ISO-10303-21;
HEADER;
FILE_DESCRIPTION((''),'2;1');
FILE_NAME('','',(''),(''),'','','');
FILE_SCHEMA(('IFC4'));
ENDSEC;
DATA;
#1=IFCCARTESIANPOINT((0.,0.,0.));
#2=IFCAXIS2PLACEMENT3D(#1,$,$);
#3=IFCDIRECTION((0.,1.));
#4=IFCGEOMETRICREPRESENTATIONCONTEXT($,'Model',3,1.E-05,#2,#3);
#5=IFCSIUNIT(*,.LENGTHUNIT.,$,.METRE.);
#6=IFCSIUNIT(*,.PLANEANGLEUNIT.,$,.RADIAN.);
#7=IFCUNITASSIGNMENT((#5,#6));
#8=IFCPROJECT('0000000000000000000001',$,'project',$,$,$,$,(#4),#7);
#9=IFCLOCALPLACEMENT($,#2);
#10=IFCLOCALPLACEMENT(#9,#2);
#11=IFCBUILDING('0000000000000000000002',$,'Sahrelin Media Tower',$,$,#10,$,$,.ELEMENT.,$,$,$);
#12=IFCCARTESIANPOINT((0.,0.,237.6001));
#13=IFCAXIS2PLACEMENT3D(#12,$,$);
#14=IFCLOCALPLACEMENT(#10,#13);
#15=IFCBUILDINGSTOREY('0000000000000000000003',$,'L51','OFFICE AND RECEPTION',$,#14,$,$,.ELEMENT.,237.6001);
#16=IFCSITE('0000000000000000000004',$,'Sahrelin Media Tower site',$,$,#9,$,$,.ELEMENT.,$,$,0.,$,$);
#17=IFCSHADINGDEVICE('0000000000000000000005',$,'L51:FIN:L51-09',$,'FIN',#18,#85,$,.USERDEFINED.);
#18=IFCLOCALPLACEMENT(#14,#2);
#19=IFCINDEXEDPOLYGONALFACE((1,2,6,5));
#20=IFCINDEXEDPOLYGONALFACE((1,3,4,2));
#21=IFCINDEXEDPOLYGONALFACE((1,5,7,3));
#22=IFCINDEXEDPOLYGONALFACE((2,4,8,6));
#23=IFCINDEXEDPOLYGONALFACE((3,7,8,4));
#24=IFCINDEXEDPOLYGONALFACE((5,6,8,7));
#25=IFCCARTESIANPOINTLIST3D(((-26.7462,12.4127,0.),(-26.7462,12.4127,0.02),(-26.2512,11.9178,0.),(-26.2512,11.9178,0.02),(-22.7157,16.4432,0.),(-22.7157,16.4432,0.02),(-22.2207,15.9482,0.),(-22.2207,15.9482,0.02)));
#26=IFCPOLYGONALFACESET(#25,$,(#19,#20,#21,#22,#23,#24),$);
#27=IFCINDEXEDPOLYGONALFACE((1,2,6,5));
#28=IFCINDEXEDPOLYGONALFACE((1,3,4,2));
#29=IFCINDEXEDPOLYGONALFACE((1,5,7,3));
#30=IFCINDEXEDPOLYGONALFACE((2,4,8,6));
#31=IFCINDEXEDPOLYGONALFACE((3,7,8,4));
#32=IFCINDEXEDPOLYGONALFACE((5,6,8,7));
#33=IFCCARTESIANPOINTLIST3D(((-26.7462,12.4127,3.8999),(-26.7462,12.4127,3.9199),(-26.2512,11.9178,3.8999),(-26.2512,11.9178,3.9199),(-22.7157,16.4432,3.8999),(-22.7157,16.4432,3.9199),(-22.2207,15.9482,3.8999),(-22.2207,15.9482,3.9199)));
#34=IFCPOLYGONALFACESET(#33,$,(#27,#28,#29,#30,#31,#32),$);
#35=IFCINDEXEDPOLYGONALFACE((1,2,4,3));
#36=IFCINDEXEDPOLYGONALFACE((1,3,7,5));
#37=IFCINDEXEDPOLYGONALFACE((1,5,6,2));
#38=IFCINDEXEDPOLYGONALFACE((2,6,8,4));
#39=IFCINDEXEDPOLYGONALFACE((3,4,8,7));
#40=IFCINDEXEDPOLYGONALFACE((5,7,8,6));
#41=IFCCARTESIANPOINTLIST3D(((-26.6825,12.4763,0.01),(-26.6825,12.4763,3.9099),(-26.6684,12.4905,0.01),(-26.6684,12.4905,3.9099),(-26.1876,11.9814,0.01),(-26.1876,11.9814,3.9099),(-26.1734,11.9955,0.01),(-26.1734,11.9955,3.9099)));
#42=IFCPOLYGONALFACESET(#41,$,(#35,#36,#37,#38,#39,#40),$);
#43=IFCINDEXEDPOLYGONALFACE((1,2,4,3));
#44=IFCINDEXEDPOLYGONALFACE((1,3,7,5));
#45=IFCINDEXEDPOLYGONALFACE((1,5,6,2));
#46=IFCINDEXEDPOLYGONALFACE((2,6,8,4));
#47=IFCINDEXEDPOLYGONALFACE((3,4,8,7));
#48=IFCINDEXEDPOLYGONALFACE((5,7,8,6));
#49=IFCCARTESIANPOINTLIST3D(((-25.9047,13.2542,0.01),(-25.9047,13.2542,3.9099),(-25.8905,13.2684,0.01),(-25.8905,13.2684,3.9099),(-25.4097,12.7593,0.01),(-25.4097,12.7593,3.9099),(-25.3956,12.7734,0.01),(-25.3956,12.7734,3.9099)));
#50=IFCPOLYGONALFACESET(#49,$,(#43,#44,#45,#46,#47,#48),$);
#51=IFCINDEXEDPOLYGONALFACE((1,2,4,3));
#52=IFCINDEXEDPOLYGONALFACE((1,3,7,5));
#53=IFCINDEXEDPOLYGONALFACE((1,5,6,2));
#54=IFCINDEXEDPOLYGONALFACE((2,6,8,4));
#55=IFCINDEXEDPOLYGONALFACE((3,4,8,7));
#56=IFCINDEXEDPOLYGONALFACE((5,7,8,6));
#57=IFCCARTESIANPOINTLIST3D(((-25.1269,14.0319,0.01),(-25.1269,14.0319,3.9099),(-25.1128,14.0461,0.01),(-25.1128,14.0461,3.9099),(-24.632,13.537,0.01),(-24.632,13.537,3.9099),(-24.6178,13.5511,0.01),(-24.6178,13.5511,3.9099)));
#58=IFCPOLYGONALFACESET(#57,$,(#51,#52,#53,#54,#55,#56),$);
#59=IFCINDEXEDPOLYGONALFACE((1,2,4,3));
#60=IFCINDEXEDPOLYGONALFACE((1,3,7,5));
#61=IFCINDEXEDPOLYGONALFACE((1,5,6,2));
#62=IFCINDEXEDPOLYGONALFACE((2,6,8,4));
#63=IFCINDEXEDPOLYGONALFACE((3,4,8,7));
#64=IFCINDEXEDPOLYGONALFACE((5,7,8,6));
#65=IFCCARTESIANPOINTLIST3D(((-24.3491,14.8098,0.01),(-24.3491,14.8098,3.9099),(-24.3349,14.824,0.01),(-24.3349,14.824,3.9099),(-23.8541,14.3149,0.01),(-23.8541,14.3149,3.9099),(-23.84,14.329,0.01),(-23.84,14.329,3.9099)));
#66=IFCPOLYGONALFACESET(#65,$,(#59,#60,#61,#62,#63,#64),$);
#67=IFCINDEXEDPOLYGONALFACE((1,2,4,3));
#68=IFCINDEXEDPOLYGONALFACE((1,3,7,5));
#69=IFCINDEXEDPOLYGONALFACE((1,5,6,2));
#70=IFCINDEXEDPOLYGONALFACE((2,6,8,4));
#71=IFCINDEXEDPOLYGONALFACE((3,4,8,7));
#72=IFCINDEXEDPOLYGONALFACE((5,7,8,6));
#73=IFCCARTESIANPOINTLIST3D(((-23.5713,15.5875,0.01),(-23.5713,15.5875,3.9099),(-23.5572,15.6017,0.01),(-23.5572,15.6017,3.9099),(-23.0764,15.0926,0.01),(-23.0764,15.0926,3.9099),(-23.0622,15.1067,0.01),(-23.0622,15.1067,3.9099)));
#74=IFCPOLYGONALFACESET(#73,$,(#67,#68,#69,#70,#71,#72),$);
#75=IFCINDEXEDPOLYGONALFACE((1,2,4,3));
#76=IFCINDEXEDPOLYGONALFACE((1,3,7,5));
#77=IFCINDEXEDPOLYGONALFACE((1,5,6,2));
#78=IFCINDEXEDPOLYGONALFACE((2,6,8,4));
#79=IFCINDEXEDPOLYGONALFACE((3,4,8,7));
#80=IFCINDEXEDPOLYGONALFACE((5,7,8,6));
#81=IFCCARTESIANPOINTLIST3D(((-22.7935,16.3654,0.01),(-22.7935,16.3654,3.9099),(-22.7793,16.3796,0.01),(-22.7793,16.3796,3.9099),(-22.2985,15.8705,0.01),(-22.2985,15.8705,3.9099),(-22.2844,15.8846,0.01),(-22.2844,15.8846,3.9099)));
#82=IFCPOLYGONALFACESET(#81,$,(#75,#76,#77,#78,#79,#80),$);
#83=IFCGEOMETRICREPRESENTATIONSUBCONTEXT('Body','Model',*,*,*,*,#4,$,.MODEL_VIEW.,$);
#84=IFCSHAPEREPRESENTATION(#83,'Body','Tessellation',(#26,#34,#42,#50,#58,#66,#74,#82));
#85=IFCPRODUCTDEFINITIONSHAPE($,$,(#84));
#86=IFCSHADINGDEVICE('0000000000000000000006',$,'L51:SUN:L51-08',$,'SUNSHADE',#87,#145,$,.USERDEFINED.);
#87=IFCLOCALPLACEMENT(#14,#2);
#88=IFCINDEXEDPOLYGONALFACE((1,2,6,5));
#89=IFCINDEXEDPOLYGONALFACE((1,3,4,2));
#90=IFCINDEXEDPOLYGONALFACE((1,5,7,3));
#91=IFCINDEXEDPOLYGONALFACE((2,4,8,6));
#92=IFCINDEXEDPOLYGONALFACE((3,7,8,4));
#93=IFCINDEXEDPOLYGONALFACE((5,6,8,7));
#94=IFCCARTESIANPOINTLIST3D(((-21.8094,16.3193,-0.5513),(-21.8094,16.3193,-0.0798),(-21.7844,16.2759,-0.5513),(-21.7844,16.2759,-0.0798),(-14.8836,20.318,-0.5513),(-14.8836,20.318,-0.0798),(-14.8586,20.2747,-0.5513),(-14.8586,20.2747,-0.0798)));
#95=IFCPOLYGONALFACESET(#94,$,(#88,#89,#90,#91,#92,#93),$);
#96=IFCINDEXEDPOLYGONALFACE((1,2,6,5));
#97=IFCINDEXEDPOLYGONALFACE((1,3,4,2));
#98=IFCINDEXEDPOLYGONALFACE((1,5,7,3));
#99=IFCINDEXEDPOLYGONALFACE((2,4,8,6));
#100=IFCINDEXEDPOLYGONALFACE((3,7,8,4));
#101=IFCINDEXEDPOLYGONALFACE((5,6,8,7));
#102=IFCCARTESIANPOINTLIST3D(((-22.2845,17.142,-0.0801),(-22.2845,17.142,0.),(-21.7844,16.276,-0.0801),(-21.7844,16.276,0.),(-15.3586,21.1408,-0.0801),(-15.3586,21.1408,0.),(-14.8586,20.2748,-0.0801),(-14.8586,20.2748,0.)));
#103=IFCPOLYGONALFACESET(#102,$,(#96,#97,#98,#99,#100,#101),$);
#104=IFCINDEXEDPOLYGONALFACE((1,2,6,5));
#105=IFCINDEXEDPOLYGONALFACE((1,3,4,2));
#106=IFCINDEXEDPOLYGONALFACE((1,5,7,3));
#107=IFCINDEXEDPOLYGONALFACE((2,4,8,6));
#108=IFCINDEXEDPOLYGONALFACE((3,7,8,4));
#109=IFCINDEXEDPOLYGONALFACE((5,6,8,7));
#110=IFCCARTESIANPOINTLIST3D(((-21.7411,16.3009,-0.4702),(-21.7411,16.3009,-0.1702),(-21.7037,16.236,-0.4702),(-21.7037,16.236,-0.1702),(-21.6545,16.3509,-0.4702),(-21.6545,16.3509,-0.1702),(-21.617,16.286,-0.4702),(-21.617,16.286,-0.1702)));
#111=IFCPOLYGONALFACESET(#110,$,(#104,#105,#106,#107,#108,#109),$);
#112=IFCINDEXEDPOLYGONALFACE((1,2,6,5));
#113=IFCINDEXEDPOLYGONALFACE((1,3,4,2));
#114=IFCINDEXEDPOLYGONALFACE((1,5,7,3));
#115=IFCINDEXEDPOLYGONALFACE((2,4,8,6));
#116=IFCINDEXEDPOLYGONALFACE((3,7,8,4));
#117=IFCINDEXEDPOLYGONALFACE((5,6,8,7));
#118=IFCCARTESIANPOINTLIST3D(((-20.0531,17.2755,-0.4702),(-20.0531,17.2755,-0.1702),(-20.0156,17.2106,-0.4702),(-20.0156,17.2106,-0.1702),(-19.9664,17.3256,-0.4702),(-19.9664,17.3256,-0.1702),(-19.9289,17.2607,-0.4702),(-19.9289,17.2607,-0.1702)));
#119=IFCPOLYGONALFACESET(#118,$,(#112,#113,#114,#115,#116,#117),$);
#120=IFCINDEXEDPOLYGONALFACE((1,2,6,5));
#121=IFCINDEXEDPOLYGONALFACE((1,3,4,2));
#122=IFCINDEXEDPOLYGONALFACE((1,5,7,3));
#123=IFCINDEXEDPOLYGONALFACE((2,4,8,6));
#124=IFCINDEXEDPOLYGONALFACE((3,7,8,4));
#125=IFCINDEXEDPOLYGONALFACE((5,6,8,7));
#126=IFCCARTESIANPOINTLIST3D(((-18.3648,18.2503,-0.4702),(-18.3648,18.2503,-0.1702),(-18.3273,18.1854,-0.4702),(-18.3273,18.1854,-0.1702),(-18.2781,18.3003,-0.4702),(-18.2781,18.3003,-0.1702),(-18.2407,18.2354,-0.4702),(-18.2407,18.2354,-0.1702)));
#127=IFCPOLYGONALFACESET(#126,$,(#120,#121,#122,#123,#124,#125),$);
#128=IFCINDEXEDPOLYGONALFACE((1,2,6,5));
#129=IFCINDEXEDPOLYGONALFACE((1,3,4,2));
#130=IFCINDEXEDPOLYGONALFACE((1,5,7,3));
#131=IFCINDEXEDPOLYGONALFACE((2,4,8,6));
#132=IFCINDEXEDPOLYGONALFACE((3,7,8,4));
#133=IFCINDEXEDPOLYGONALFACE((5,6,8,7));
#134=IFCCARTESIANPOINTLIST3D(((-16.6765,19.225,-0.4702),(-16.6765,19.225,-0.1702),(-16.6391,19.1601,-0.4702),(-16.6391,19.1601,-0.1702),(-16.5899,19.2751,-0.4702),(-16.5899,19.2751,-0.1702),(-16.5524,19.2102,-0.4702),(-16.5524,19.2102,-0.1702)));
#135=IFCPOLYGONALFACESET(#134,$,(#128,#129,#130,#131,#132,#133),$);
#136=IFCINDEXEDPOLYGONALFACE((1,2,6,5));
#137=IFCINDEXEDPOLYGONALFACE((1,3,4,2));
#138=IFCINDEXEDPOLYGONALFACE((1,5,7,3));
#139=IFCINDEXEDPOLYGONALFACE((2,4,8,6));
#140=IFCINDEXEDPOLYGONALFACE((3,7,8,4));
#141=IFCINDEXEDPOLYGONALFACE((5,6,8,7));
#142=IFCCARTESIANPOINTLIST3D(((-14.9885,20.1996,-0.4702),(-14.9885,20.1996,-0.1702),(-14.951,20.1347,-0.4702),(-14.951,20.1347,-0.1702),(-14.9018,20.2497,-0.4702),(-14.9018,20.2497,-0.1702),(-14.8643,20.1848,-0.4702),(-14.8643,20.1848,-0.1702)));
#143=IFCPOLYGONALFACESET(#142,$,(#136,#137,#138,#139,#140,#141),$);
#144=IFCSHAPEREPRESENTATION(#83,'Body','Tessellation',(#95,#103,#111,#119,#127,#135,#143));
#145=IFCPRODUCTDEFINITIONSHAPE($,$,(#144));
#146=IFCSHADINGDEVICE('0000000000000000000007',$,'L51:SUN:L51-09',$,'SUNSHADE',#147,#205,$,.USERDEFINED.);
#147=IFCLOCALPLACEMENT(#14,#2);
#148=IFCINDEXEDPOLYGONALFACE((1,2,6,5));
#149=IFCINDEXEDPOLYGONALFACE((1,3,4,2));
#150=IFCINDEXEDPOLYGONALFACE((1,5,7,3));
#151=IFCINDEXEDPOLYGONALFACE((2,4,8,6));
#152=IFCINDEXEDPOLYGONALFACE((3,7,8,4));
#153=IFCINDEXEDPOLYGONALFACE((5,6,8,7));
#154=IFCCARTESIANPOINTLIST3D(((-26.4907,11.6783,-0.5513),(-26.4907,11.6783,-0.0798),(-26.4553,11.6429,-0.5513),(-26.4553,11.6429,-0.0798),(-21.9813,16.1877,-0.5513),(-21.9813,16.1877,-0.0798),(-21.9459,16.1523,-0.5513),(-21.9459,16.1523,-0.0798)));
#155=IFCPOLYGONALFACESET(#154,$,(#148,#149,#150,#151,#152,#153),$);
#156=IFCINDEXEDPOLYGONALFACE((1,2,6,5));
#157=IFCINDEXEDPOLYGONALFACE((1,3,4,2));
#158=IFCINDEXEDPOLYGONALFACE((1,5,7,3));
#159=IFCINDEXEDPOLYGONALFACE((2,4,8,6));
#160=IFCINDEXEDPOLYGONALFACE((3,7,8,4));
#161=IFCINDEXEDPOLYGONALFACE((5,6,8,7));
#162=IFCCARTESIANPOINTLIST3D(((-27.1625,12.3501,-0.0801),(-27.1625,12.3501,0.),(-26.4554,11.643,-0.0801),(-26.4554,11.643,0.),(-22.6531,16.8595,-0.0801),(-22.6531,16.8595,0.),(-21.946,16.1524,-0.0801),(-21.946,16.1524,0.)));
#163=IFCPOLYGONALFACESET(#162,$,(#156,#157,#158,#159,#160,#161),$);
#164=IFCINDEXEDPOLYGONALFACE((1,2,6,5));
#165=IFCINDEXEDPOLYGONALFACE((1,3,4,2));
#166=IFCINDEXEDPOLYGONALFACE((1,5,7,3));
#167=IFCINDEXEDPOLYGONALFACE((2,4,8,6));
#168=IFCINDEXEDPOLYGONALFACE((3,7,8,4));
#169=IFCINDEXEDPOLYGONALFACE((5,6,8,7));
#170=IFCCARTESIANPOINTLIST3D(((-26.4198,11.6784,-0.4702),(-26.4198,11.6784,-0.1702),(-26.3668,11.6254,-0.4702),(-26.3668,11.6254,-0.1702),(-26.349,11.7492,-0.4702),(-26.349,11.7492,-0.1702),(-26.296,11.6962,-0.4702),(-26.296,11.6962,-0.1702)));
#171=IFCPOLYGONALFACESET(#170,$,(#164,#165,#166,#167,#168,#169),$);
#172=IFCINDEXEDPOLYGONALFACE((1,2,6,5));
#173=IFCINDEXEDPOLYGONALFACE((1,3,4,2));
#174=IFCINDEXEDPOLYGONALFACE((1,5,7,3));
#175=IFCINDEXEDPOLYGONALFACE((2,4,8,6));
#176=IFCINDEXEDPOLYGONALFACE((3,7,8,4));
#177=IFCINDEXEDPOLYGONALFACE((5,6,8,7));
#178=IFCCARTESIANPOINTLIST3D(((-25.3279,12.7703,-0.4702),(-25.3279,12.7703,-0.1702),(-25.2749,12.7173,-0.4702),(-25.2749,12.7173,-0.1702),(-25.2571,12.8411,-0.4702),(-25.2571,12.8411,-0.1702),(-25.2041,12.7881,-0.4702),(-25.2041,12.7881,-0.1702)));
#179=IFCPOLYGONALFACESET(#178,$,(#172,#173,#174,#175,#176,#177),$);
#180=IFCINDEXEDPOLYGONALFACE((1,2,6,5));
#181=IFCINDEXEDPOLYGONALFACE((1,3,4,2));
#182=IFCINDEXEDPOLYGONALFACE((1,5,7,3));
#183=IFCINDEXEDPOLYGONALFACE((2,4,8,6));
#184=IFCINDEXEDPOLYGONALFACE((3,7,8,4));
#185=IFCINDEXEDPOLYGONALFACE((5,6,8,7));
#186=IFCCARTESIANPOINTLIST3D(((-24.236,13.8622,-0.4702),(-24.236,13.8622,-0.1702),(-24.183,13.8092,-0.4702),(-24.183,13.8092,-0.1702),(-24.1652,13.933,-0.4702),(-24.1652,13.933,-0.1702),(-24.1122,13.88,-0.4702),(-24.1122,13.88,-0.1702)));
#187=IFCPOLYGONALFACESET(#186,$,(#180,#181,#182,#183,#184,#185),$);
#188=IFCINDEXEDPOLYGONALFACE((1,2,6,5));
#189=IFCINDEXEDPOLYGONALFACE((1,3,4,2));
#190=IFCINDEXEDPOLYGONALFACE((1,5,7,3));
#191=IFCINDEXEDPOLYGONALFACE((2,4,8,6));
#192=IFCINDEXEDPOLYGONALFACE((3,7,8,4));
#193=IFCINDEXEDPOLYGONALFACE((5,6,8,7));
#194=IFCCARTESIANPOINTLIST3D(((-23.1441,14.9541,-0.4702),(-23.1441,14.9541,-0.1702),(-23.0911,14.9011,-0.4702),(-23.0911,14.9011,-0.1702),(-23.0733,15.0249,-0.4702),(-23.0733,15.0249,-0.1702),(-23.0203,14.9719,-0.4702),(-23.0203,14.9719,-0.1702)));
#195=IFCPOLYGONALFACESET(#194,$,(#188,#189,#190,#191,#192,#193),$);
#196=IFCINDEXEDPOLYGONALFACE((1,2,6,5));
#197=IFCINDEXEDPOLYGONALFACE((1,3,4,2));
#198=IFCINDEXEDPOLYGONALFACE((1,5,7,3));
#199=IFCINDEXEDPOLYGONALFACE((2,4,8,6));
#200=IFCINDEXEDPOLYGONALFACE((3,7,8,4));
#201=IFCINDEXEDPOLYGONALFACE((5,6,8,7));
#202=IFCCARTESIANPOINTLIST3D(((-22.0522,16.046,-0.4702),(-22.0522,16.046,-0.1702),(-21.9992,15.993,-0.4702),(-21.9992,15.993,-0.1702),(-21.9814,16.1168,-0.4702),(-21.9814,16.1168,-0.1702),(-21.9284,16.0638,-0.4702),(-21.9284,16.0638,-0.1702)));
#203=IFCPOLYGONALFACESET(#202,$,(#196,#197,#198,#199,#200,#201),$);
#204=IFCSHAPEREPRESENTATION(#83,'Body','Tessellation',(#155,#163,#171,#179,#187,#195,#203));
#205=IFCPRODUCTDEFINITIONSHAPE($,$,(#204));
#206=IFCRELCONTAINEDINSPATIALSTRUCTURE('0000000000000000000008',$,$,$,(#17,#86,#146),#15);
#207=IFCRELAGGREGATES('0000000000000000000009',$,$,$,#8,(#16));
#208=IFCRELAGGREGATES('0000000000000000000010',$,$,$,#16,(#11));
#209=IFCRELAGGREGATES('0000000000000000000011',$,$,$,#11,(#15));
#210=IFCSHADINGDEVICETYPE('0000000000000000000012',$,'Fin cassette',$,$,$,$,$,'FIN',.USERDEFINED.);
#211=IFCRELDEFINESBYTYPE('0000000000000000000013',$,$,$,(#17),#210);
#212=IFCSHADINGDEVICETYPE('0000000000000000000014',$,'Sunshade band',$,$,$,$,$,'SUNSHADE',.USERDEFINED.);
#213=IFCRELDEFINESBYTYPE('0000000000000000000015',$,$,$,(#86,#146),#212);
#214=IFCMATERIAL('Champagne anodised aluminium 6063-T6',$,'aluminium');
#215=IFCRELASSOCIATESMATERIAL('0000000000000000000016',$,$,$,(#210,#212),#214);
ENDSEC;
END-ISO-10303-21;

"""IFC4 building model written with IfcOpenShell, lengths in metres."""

from ifc_helpers import new_model, si_unit, direction, frame, origin, origin_2d, place, context, subcontext, project, spatial, rectangle, extrude, material, type_object, element, save


model = new_model("IFC4")

# Units and contexts
model_context = context("Model", 3, precision=1e-05, world=origin(), true_north=direction((0.0, 1.0)))
body_context = subcontext(model_context, "Body", "Model", "MODEL_VIEW")
ifc_project = project(units=[si_unit("LENGTHUNIT", "METRE"), si_unit("PLANEANGLEUNIT", "RADIAN")], contexts=[model_context])

# Site, building, storey
site_placement = place(None, origin())
site = spatial("IfcSite", under=ifc_project, at=site_placement, Name="Sahrelin Media Tower site", CompositionType="ELEMENT", RefElevation=0.0)
building_placement = place(site_placement, origin())
building = spatial("IfcBuilding", under=site, at=building_placement, Name="Sahrelin Media Tower", CompositionType="ELEMENT")
storey_placement = place(building_placement, frame((0.0, 0.0, 237.6001)))
storey = spatial("IfcBuildingStorey", under=building, at=storey_placement, Name="L51", Description="OFFICE AND RECEPTION", CompositionType="ELEMENT", Elevation=237.6001)

# Shared definitions
ifc_material_1 = material(Name="Champagne anodised aluminium 6063-T6", Category="aluminium")

# Shading devices
shading_device_type_1 = type_object("IfcShadingDeviceType", Name="Fin cassette", ElementType="FIN", PredefinedType="USERDEFINED", material=ifc_material_1)
placement_1 = place(storey_placement, frame((-18.3115, 18.2581, 0.0), z_axis=(0.0, 0.0, 1.0), x_axis=(0.866019, 0.500011, 0.0)))
placement_2 = place(storey_placement, frame((-24.1865, 13.8835, 0.0), z_axis=(0.0, 0.0, 1.0), x_axis=(0.707107, 0.707107, 0.0)))
element("IfcShadingDevice", 1, at=placement_2, inside=storey, type_object=shading_device_type_1, Name="L51:FIN:L51-09", ObjectType="FIN", PredefinedType="USERDEFINED", context=body_context, shape_type="SweptSolid", body=[
    extrude(rectangle(XDim=5.7, YDim=0.7, at=origin_2d()), frame((0.0, 0.4199, 0.0)), (0.0, 0.0, 1.0), 0.02),
    extrude(rectangle(XDim=5.7, YDim=0.7, at=origin_2d()), frame((0.0, 0.4199, 3.8999)), (0.0, 0.0, 1.0), 0.02),
    extrude(rectangle(XDim=0.02, YDim=0.7, at=origin_2d()), frame((-2.75, 0.4199, 0.01), z_axis=(0.0, 0.0, 1.0), x_axis=(1.0, 0.0, 0.0)), (0.0, 0.0, 1.0), 3.8999),
    extrude(rectangle(XDim=0.02, YDim=0.7, at=origin_2d()), frame((-1.6499, 0.4199, 0.01), z_axis=(0.0, 0.0, 1.0), x_axis=(1.0, 0.0, 0.0)), (0.0, 0.0, 1.0), 3.8999),
    extrude(rectangle(XDim=0.02, YDim=0.7, at=origin_2d()), frame((-0.55, 0.4199, 0.01), z_axis=(0.0, 0.0, 1.0), x_axis=(1.0, 0.0, 0.0)), (0.0, 0.0, 1.0), 3.8999),
    extrude(rectangle(XDim=0.02, YDim=0.7, at=origin_2d()), frame((0.55, 0.4199, 0.01), z_axis=(0.0, 0.0, 1.0), x_axis=(1.0, 0.0, 0.0)), (0.0, 0.0, 1.0), 3.8999),
    extrude(rectangle(XDim=0.02, YDim=0.7, at=origin_2d()), frame((1.6499, 0.4199, 0.01), z_axis=(0.0, 0.0, 1.0), x_axis=(1.0, 0.0, 0.0)), (0.0, 0.0, 1.0), 3.8999),
    extrude(rectangle(XDim=0.02, YDim=0.7, at=origin_2d()), frame((2.75, 0.4199, 0.01), z_axis=(0.0, 0.0, 1.0), x_axis=(1.0, 0.0, 0.0)), (0.0, 0.0, 1.0), 3.8999),
])
shading_device_type_2 = type_object("IfcShadingDeviceType", Name="Sunshade band", ElementType="SUNSHADE", PredefinedType="USERDEFINED", material=ifc_material_1)
element("IfcShadingDevice", 2, at=placement_1, inside=storey, type_object=shading_device_type_2, Name="L51:SUN:L51-08", ObjectType="SUNSHADE", PredefinedType="USERDEFINED", context=body_context, shape_type="SweptSolid", body=[
    extrude(rectangle(XDim=7.9973, YDim=0.05, at=origin_2d()), frame((0.0, 0.0449, -0.5513)), (0.0, 0.0, 1.0), 0.4714),
    extrude(rectangle(XDim=7.9973, YDim=1.0, at=origin_2d()), frame((0.0, 0.52, -0.0801)), (0.0, 0.0, 1.0), 0.0801),
    extrude(rectangle(XDim=0.1001, YDim=0.075, at=origin_2d()), frame((-3.8987, -0.0176, -0.4702)), (0.0, 0.0, 1.0), 0.3),
    extrude(rectangle(XDim=0.1001, YDim=0.075, at=origin_2d()), frame((-1.9495, -0.0176, -0.4702)), (0.0, 0.0, 1.0), 0.3),
    extrude(rectangle(XDim=0.1001, YDim=0.075, at=origin_2d()), frame((0.0, -0.0176, -0.4702)), (0.0, 0.0, 1.0), 0.3),
    extrude(rectangle(XDim=0.1001, YDim=0.075, at=origin_2d()), frame((1.9495, -0.0176, -0.4702)), (0.0, 0.0, 1.0), 0.3),
    extrude(rectangle(XDim=0.1001, YDim=0.075, at=origin_2d()), frame((3.8987, -0.0176, -0.4702)), (0.0, 0.0, 1.0), 0.3),
])
element("IfcShadingDevice", 3, at=placement_2, inside=storey, type_object=shading_device_type_2, Name="L51:SUN:L51-09", ObjectType="SUNSHADE", PredefinedType="USERDEFINED", context=body_context, shape_type="SweptSolid", body=[
    extrude(rectangle(XDim=6.3772, YDim=0.05, at=origin_2d()), frame((0.0, 0.0449, -0.5513)), (0.0, 0.0, 1.0), 0.4714),
    extrude(rectangle(XDim=6.3772, YDim=1.0, at=origin_2d()), frame((0.0, 0.52, -0.0801)), (0.0, 0.0, 1.0), 0.0801),
    extrude(rectangle(XDim=0.1001, YDim=0.075, at=origin_2d()), frame((-3.0884, -0.0176, -0.4702)), (0.0, 0.0, 1.0), 0.3),
    extrude(rectangle(XDim=0.1001, YDim=0.075, at=origin_2d()), frame((-1.5442, -0.0176, -0.4702)), (0.0, 0.0, 1.0), 0.3),
    extrude(rectangle(XDim=0.1001, YDim=0.075, at=origin_2d()), frame((0.0, -0.0176, -0.4702)), (0.0, 0.0, 1.0), 0.3),
    extrude(rectangle(XDim=0.1001, YDim=0.075, at=origin_2d()), frame((1.5442, -0.0176, -0.4702)), (0.0, 0.0, 1.0), 0.3),
    extrude(rectangle(XDim=0.1001, YDim=0.075, at=origin_2d()), frame((3.0884, -0.0176, -0.4702)), (0.0, 0.0, 1.0), 0.3),
])

save(model, "model.ifc")
